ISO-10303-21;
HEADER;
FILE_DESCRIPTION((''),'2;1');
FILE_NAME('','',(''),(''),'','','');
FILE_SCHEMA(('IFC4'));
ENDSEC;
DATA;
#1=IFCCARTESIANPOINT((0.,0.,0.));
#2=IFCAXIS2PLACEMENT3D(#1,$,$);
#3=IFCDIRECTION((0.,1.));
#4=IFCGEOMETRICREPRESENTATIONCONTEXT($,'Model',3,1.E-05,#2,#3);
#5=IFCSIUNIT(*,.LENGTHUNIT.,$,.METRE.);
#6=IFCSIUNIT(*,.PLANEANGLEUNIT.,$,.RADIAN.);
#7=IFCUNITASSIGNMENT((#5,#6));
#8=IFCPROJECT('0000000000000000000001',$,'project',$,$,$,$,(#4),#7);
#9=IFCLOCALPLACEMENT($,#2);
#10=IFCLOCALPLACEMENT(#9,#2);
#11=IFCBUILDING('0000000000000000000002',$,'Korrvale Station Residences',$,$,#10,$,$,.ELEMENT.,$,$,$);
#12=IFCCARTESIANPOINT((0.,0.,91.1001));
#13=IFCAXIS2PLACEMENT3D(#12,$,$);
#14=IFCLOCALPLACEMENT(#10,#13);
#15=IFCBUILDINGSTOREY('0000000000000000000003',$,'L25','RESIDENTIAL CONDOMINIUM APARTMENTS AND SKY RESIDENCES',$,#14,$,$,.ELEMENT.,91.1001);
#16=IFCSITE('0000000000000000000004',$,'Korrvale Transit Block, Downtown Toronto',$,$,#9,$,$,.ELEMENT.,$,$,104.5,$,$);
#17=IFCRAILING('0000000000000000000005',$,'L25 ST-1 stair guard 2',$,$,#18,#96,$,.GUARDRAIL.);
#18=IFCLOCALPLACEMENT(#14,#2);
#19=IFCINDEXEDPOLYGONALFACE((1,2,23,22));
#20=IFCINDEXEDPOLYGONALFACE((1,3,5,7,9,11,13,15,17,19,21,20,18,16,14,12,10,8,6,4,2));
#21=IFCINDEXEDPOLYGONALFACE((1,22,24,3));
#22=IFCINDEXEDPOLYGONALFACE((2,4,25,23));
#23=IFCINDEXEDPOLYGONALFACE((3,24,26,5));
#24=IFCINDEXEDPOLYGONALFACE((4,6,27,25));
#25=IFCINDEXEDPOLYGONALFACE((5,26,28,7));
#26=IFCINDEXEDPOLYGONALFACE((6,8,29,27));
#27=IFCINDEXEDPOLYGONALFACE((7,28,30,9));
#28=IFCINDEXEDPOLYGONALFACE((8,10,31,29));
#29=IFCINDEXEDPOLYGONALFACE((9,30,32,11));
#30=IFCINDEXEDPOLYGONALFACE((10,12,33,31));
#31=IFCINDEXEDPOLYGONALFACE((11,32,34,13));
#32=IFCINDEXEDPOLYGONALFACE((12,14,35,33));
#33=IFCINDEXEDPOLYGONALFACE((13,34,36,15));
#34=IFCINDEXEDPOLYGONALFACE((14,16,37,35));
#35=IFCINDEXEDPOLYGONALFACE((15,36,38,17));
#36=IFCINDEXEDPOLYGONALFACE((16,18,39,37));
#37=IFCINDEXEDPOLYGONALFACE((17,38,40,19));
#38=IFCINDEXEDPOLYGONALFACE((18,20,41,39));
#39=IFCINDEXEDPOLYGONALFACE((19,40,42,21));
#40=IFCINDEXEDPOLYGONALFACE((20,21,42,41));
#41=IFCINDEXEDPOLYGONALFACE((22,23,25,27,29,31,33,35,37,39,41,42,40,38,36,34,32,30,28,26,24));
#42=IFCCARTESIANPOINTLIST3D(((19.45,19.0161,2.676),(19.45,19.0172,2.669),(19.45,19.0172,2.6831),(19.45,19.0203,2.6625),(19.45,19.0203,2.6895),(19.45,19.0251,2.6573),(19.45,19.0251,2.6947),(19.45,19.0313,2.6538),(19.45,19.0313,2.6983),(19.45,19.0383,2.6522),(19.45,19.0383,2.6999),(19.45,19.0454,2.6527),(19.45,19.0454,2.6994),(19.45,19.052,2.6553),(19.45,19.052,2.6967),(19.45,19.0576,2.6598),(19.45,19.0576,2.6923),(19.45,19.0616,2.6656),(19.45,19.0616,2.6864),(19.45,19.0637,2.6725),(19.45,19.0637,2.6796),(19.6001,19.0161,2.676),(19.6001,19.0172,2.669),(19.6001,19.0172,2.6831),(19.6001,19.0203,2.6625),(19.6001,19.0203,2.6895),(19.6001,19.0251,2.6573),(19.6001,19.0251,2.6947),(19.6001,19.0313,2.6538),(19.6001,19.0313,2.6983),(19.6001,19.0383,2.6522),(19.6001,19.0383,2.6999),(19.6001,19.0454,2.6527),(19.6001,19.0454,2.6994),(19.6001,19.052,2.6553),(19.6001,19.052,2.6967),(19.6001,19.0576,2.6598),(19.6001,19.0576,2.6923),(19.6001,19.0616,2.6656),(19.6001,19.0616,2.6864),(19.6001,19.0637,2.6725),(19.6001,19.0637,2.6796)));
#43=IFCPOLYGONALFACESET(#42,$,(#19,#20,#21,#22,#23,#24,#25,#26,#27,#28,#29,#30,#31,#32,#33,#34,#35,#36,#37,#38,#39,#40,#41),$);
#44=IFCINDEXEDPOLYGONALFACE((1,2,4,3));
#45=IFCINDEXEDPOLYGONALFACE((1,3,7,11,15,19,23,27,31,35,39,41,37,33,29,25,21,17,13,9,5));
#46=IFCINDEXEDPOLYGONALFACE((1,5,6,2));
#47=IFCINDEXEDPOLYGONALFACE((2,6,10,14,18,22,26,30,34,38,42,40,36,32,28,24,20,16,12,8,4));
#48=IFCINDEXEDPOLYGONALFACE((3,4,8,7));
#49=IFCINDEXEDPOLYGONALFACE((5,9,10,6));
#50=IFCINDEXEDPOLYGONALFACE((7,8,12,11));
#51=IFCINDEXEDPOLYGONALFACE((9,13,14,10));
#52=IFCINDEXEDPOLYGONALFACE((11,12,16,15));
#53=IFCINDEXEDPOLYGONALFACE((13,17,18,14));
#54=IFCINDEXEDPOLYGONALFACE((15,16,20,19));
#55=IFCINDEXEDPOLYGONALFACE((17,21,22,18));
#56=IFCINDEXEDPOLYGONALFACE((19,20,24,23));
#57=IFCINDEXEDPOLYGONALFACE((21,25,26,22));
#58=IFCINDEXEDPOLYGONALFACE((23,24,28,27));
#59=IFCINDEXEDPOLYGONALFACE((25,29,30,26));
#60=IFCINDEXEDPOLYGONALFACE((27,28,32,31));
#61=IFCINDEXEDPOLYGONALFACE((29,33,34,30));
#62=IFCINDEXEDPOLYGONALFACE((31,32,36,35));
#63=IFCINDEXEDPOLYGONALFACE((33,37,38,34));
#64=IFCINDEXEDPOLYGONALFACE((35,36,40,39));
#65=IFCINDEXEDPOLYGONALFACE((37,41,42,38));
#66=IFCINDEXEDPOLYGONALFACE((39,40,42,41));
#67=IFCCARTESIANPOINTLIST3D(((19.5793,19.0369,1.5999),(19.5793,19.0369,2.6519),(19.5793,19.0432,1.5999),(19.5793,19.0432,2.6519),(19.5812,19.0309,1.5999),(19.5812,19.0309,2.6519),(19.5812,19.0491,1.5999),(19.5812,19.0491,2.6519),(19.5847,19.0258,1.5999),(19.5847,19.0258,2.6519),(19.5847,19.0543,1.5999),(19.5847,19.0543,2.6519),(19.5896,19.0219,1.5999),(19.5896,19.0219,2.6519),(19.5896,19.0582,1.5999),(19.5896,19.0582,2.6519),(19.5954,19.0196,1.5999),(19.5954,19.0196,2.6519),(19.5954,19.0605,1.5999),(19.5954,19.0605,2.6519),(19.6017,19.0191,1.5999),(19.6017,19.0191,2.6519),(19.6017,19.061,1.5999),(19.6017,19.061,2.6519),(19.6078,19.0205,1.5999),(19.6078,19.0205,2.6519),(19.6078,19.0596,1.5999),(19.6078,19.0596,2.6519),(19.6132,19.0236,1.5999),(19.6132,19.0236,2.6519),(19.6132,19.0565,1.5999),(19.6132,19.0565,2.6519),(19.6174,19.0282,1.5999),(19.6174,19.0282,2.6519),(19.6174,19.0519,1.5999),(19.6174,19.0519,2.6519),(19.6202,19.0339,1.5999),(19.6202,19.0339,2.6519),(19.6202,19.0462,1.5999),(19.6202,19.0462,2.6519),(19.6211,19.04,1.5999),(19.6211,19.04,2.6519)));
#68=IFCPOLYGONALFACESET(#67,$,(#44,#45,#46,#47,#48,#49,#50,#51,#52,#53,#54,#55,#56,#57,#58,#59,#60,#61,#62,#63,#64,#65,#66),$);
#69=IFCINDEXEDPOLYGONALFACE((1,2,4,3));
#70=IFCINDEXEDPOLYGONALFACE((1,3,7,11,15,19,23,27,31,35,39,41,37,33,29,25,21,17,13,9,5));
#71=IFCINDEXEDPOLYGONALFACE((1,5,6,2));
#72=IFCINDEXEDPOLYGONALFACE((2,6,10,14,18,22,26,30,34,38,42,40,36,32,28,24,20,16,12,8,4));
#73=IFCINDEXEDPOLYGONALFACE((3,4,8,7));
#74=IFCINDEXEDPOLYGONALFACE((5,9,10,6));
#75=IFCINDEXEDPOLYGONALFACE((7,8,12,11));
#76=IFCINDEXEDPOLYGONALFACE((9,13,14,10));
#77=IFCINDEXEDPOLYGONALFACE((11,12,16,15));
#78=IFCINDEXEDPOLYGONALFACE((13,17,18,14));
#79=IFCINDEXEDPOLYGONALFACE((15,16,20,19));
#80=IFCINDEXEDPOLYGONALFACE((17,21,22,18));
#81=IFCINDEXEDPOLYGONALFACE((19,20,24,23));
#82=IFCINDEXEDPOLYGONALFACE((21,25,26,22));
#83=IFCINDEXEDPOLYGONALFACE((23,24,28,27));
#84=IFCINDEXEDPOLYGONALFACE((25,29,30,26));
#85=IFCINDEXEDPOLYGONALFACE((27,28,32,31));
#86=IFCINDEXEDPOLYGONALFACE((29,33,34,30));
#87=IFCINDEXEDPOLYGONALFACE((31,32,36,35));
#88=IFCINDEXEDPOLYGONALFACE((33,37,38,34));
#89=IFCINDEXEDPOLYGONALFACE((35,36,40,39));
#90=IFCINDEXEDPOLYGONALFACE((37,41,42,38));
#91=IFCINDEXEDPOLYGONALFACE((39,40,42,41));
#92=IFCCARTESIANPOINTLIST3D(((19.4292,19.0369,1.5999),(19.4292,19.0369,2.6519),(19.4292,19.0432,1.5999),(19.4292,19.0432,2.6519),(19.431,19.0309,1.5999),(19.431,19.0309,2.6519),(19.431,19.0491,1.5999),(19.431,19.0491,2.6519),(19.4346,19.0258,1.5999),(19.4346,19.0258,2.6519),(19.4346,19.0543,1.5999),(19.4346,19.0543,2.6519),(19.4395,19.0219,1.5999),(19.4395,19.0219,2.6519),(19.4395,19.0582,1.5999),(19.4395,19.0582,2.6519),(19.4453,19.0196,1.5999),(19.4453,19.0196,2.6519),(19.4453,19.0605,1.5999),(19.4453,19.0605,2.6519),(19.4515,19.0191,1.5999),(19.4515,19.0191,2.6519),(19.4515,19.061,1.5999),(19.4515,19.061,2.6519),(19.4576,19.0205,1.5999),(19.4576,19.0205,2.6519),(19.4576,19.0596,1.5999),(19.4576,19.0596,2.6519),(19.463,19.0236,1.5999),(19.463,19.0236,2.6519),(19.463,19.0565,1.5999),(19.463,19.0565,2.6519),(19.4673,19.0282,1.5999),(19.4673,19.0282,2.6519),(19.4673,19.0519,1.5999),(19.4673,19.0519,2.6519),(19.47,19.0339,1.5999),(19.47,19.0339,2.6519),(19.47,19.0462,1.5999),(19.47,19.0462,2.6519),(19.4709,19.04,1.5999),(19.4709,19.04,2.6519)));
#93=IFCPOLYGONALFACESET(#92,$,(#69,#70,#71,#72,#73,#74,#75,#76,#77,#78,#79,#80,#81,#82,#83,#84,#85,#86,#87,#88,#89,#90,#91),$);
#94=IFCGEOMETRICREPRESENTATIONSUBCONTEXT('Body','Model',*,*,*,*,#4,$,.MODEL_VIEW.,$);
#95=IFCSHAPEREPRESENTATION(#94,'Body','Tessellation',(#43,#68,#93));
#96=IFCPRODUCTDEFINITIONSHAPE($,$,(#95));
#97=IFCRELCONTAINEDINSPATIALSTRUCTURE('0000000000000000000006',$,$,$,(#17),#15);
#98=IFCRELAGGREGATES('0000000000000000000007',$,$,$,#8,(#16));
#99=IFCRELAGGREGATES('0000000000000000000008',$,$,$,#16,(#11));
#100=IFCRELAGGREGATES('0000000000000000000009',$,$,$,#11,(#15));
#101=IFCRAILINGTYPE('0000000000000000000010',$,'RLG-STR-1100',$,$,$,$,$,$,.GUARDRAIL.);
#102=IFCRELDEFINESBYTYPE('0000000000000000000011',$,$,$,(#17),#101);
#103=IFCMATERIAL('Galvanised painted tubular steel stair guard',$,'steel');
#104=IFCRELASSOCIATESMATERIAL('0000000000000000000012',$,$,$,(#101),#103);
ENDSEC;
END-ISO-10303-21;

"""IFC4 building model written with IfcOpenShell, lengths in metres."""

from ifc_helpers import new_model, si_unit, direction, frame, origin, origin_2d, place, context, subcontext, project, spatial, circle, extrude, material, type_object, element, save


model = new_model("IFC4")

# Units and contexts
model_context = context("Model", 3, precision=1e-05, world=origin(), true_north=direction((0.0, 1.0)))
body_context = subcontext(model_context, "Body", "Model", "MODEL_VIEW")
ifc_project = project(units=[si_unit("LENGTHUNIT", "METRE"), si_unit("PLANEANGLEUNIT", "RADIAN")], contexts=[model_context])

# Site, building, storey
site_placement = place(None, origin())
site = spatial("IfcSite", under=ifc_project, at=site_placement, Name="Korrvale Transit Block, Downtown Toronto", CompositionType="ELEMENT", RefElevation=104.5)
building_placement = place(site_placement, origin())
building = spatial("IfcBuilding", under=site, at=building_placement, Name="Korrvale Station Residences", CompositionType="ELEMENT")
storey_placement = place(building_placement, frame((0.0, 0.0, 91.1001)))
storey = spatial("IfcBuildingStorey", under=building, at=storey_placement, Name="L25", Description="RESIDENTIAL CONDOMINIUM APARTMENTS AND SKY RESIDENCES", CompositionType="ELEMENT", Elevation=91.1001)

# Railing
ifc_material_1 = material(Name="Galvanised painted tubular steel stair guard", Category="steel")
railing_type = type_object("IfcRailingType", Name="RLG-STR-1100", PredefinedType="GUARDRAIL", material=ifc_material_1)
railing_placement = place(storey_placement, frame((19.6001, 19.04, 1.5999)))
element("IfcRailing", 1, at=railing_placement, inside=storey, type_object=railing_type, Name="L25 ST-1 stair guard 2", PredefinedType="GUARDRAIL", context=body_context, shape_type="SweptSolid", body=[
    extrude(circle(Radius=0.0239, at=origin_2d()), frame((0.0, 0.0, 1.0762), z_axis=(-1.0, 0.0, 0.0), x_axis=(0.0, -1.0, 0.0)), (0.0, 0.0, 1.0), 0.1501),
    extrude(circle(Radius=0.021, at=origin_2d()), origin(), (0.0, 0.0, 1.0), 1.052),
    extrude(circle(Radius=0.021, at=origin_2d()), frame((-0.1501, 0.0, 0.0)), (0.0, 0.0, 1.0), 1.052),
])

save(model, "model.ifc")
